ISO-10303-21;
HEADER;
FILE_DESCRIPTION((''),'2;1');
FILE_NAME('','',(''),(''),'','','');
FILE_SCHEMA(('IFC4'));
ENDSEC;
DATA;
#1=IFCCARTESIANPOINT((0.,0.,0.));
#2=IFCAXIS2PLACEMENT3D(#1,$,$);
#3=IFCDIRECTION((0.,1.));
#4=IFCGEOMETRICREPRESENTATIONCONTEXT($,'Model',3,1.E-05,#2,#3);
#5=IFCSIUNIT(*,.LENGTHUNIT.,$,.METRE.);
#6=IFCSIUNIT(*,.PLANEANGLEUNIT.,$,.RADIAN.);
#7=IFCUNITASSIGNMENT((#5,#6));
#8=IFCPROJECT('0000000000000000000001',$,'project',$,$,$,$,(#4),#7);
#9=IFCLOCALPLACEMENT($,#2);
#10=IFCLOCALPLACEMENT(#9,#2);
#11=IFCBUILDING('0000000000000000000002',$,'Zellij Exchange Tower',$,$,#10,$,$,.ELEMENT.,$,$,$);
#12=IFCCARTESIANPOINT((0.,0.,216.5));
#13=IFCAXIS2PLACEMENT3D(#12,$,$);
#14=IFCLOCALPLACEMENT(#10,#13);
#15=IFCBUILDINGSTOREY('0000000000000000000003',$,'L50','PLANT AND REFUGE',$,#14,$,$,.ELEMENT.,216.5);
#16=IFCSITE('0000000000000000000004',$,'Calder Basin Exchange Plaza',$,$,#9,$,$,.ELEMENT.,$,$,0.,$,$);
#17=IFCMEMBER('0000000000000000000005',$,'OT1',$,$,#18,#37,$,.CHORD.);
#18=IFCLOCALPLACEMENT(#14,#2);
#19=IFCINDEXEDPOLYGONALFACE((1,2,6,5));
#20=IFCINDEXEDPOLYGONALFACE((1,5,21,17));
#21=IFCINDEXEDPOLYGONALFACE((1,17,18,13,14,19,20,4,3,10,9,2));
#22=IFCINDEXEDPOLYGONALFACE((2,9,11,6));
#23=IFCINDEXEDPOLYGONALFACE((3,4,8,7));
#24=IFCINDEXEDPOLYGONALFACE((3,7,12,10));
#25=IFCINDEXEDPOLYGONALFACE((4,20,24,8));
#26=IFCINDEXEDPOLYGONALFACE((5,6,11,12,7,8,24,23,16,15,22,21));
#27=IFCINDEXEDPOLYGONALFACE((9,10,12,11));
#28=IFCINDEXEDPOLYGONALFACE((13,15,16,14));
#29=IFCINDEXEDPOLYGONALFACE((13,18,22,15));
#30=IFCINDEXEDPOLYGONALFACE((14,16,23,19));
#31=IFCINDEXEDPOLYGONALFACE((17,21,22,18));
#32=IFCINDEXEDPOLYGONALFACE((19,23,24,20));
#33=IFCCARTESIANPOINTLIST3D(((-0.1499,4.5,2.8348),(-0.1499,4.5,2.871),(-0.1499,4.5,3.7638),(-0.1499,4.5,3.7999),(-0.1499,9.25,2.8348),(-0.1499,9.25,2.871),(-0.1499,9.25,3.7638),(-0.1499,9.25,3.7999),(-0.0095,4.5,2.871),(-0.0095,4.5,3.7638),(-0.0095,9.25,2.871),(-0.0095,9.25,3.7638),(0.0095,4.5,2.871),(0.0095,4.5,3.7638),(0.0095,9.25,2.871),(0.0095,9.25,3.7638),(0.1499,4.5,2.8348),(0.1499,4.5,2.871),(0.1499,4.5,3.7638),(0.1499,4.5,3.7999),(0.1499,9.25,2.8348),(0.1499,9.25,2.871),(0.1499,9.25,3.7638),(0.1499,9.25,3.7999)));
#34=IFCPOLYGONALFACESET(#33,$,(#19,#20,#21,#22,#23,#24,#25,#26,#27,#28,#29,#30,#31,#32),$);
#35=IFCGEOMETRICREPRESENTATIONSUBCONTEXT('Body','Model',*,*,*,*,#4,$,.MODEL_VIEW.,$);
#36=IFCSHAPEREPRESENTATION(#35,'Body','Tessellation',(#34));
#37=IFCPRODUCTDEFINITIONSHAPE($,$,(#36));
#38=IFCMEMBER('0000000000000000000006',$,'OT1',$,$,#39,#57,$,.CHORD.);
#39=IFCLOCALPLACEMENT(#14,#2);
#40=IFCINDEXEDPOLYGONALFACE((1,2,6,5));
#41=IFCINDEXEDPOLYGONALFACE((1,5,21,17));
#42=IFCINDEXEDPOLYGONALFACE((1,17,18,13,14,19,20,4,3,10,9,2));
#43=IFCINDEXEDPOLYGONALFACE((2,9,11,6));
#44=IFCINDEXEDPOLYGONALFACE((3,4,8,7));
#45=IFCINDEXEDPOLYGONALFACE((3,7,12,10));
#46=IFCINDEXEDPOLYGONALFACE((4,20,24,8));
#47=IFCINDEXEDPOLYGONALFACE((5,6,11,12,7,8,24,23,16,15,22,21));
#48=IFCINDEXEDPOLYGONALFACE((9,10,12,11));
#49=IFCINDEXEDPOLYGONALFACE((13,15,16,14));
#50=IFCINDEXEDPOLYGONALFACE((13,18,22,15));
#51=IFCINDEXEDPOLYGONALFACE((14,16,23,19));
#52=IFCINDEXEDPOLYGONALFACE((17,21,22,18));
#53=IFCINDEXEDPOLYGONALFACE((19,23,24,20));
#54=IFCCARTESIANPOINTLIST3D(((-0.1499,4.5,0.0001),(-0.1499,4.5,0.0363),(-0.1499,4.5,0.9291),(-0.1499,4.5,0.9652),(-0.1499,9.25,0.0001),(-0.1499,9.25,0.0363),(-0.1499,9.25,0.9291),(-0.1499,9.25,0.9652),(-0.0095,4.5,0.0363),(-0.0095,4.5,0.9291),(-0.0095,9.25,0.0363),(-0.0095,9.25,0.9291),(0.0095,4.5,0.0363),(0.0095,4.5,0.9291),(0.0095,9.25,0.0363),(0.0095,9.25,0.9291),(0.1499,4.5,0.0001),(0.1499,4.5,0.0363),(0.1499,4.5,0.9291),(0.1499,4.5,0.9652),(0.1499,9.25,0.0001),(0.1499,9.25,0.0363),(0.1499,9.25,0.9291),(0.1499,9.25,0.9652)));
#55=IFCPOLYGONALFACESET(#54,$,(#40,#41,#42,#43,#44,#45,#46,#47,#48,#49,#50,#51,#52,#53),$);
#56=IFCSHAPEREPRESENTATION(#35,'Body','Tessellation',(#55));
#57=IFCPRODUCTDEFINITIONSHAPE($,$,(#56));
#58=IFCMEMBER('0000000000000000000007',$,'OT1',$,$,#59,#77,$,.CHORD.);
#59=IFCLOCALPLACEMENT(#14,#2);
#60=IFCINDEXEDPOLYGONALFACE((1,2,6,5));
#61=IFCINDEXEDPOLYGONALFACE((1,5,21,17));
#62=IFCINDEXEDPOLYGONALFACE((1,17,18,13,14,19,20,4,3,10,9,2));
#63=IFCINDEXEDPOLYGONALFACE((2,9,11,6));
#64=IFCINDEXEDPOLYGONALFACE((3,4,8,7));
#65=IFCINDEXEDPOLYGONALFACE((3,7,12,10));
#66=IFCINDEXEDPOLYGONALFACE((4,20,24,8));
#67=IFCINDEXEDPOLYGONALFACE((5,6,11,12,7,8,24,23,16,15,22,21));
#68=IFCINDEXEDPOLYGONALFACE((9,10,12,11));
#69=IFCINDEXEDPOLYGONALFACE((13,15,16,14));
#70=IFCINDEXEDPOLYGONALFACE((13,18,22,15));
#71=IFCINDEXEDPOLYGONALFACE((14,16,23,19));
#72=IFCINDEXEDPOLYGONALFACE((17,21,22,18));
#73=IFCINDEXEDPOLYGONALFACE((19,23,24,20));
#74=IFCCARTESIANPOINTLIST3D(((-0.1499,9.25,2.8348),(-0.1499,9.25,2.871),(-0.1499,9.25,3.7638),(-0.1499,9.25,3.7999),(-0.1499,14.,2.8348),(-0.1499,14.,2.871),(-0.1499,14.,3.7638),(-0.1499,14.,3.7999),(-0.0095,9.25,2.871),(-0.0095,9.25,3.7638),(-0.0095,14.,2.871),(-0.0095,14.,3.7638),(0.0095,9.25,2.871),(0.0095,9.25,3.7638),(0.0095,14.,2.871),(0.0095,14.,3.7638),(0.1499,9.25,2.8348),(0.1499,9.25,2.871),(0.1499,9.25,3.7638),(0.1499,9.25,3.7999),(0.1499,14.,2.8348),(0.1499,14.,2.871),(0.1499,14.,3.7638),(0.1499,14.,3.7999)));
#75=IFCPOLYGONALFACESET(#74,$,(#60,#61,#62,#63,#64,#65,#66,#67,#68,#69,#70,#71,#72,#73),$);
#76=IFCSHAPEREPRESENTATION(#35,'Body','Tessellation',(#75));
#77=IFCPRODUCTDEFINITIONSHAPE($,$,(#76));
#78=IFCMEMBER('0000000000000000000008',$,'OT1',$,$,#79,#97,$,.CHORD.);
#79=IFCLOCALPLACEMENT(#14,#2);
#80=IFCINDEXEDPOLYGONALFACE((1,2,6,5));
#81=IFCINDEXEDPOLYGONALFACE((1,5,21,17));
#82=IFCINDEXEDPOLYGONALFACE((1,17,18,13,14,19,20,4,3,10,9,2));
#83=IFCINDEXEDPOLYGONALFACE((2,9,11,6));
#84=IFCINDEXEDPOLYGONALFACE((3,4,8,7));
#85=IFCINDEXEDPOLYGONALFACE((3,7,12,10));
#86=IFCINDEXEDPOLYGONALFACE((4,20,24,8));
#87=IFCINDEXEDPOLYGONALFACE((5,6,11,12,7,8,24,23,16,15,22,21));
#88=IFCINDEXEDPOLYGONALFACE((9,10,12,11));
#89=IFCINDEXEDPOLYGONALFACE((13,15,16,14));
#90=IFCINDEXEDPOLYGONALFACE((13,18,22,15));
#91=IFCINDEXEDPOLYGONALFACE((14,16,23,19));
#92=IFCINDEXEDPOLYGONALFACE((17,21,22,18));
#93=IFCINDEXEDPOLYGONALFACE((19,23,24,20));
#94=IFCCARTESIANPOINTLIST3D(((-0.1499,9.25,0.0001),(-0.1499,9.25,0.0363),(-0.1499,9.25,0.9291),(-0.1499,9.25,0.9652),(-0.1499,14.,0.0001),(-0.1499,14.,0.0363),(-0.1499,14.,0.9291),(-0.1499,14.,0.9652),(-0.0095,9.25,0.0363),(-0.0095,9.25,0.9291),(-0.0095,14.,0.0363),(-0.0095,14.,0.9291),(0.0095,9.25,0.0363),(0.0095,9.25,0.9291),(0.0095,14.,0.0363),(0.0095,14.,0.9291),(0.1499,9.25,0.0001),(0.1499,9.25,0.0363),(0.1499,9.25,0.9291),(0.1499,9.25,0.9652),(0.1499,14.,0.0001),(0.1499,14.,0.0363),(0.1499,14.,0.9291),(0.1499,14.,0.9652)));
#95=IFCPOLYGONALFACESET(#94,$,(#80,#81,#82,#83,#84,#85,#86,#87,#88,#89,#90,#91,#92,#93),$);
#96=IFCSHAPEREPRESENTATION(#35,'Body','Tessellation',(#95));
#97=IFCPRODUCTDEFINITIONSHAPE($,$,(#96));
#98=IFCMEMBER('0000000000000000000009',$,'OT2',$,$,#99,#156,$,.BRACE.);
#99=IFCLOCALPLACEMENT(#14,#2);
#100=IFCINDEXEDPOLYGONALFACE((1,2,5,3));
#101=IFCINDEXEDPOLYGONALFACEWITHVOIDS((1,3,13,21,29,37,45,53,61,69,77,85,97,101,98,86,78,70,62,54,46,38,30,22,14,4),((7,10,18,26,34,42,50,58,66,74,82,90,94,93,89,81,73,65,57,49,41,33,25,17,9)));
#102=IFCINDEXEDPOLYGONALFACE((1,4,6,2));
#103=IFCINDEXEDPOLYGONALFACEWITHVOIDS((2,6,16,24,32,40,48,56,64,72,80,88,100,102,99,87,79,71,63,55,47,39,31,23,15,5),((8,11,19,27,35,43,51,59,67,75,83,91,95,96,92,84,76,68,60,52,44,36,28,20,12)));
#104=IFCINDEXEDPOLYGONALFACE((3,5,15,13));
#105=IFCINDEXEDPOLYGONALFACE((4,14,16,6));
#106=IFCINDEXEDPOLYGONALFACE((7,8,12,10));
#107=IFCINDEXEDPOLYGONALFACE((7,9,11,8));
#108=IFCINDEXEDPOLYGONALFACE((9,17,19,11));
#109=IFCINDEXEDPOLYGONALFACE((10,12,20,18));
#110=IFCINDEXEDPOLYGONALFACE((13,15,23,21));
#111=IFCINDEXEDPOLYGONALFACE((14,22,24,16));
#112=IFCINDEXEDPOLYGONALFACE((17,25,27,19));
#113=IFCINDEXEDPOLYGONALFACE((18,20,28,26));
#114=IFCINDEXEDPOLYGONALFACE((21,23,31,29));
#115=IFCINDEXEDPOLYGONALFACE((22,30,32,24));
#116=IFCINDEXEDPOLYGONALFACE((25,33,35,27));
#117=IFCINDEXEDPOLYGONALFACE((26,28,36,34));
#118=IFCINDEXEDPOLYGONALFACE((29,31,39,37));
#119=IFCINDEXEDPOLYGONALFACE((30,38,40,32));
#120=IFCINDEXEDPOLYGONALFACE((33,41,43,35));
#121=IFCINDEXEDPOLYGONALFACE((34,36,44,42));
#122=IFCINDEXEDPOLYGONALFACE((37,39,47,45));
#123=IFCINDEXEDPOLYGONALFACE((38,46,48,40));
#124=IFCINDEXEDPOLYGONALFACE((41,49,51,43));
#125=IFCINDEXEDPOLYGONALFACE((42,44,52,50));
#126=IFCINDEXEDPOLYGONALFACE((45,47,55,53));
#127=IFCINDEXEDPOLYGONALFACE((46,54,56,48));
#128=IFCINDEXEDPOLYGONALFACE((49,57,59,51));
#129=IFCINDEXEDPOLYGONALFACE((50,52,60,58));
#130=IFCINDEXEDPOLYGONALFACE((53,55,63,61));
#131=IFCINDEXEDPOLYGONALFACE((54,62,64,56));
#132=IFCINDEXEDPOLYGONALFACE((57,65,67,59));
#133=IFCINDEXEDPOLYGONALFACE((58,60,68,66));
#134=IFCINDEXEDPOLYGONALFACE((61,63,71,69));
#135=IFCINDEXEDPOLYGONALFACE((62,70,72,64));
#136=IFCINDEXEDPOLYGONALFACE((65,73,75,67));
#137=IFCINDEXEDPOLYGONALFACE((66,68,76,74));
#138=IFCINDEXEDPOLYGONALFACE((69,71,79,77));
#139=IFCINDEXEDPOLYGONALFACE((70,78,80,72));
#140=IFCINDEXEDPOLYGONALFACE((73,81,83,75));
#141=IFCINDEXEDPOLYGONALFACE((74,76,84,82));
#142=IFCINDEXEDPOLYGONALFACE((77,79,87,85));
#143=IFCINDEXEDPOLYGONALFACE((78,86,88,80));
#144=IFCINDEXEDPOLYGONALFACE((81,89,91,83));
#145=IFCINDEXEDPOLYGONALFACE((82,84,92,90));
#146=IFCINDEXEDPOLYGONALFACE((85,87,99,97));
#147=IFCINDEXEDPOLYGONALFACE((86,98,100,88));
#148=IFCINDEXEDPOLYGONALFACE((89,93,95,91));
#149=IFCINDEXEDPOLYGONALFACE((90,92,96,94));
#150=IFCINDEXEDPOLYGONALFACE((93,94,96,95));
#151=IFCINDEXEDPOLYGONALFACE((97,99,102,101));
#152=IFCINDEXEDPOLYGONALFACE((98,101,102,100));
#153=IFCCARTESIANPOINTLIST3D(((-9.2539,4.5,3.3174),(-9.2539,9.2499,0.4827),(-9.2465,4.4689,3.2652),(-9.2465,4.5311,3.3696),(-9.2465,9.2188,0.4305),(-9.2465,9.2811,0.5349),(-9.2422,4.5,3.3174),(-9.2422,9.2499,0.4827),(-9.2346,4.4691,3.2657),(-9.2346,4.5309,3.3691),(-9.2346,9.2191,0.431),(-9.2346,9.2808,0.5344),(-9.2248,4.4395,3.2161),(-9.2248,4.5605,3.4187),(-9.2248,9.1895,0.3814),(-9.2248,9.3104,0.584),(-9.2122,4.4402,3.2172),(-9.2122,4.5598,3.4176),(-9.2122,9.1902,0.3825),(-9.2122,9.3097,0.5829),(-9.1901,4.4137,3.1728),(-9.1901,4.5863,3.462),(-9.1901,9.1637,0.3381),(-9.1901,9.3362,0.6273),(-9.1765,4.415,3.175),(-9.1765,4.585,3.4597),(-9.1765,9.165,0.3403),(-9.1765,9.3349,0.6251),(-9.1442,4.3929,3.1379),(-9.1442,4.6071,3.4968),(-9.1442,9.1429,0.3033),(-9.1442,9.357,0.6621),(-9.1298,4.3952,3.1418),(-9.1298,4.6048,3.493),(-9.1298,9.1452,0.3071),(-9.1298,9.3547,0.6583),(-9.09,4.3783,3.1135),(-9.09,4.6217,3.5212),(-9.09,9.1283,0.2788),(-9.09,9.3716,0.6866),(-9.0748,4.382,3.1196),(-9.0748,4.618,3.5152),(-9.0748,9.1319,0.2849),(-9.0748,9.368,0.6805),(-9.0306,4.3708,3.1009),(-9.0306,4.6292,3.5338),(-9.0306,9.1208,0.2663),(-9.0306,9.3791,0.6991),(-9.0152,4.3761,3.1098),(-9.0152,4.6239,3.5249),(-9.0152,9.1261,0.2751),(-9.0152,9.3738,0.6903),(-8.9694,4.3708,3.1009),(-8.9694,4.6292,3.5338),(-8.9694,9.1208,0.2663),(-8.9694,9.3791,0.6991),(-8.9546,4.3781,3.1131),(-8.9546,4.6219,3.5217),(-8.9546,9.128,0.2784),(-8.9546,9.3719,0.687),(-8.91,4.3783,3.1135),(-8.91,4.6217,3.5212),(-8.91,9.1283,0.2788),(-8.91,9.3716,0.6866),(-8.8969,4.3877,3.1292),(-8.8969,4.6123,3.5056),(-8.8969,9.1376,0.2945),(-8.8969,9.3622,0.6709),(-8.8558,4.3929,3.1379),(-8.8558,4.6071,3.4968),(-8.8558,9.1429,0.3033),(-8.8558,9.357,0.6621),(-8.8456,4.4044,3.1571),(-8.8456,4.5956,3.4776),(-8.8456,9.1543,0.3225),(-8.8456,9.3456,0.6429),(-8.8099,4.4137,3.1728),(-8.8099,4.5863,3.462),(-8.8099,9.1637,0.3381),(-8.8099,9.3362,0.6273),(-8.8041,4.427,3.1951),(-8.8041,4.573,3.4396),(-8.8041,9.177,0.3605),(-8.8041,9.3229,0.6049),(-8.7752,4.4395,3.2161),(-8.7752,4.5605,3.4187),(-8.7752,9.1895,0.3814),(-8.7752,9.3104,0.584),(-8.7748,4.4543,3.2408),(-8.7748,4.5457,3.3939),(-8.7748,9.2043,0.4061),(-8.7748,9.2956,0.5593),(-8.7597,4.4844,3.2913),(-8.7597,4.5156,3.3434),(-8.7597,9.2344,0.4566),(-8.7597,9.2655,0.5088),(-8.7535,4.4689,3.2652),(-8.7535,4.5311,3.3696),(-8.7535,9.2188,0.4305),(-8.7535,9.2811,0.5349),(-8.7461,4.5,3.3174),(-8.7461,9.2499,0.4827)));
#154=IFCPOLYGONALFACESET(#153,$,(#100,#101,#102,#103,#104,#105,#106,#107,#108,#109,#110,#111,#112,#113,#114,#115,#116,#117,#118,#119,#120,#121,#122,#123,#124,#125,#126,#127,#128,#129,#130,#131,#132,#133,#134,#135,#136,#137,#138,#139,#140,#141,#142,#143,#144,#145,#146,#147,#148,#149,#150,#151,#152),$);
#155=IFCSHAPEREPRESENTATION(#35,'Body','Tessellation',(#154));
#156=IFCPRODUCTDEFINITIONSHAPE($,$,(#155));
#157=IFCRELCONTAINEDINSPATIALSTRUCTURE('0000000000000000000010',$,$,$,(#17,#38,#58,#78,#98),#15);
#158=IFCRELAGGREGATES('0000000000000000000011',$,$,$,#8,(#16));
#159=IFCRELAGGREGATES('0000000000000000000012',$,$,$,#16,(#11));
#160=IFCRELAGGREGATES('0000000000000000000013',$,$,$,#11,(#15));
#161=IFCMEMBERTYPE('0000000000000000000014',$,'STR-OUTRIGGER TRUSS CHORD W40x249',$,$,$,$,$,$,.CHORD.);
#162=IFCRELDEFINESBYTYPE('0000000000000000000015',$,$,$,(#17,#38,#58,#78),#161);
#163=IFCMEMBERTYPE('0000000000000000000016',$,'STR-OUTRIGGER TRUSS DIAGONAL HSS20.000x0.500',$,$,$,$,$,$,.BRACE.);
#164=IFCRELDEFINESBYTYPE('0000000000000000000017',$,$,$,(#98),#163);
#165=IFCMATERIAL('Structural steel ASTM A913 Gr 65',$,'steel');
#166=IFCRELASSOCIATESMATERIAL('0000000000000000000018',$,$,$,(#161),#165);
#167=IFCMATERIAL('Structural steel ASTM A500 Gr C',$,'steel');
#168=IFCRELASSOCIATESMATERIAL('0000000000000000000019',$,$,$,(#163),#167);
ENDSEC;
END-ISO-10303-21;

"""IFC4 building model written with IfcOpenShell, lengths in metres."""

from ifc_helpers import new_model, si_unit, direction, frame, origin, origin_2d, place, context, subcontext, project, spatial, hollow_circle, i_section, extrude, material, material_profile, profile_set, type_object, element, save


model = new_model("IFC4")

# Units and contexts
model_context = context("Model", 3, precision=1e-05, world=origin(), true_north=direction((0.0, 1.0)))
body_context = subcontext(model_context, "Body", "Model", "MODEL_VIEW")
ifc_project = project(units=[si_unit("LENGTHUNIT", "METRE"), si_unit("PLANEANGLEUNIT", "RADIAN")], contexts=[model_context])

# Site, building, storey
site_placement = place(None, origin())
site = spatial("IfcSite", under=ifc_project, at=site_placement, Name="Calder Basin Exchange Plaza", CompositionType="ELEMENT", RefElevation=0.0)
building_placement = place(site_placement, origin())
building = spatial("IfcBuilding", under=site, at=building_placement, Name="Zellij Exchange Tower", CompositionType="ELEMENT")
storey_placement = place(building_placement, frame((0.0, 0.0, 216.5)))
storey = spatial("IfcBuildingStorey", under=building, at=storey_placement, Name="L50", Description="PLANT AND REFUGE", CompositionType="ELEMENT", Elevation=216.5)

# Shared definitions
ifc_material_1 = material(Name="Structural steel ASTM A913 Gr 65", Category="steel")

# Members
ifc_material_profile_1 = material_profile(ifc_material_1, i_section(OverallWidth=0.2998, OverallDepth=0.9651, WebThickness=0.019, FlangeThickness=0.0361, at=origin_2d()), Name="W40x249")
ifc_profile_set_1 = profile_set([ifc_material_profile_1], Name="Structural steel ASTM A913 Gr 65")
member_type_1 = type_object("IfcMemberType", Name="STR-OUTRIGGER TRUSS CHORD W40x249", PredefinedType="CHORD", material=ifc_profile_set_1)
for number, where, z_axis, x_axis, name in (
    (1, (0.0, 4.5, 3.3174), (0.0, 1.0, 0.0), (-1.0, 0.0, 0.0), "OT1"),
    (2, (0.0, 4.5, 0.4827), (0.0, 1.0, 0.0), (-1.0, 0.0, 0.0), "OT1"),
    (3, (0.0, 9.25, 3.3174), (0.0, 1.0, 0.0), (-1.0, 0.0, 0.0), "OT1"),
    (4, (0.0, 9.25, 0.4827), (0.0, 1.0, 0.0), (-1.0, 0.0, 0.0), "OT1"),
):
    element("IfcMember", number, at=place(storey_placement, frame(where, z_axis=z_axis, x_axis=x_axis)), inside=storey, type_object=member_type_1, Name=name, PredefinedType="CHORD", context=body_context, shape_type="SweptSolid", body=[
        extrude(i_section(OverallWidth=0.2998, OverallDepth=0.9651, WebThickness=0.019, FlangeThickness=0.0361, at=origin_2d()), origin(), (0.0, 0.0, 1.0), 4.75),
    ])
ifc_material_2 = material(Name="Structural steel ASTM A500 Gr C", Category="steel")
ifc_material_profile_2 = material_profile(ifc_material_2, hollow_circle(Radius=0.2539, WallThickness=0.0117, at=origin_2d()), Name="STR-OUTRIGGER TRUSS DIAGONAL HSS20.000x0.500")
ifc_profile_set_2 = profile_set([ifc_material_profile_2], Name="Structural steel ASTM A500 Gr C")
member_type_2 = type_object("IfcMemberType", Name="STR-OUTRIGGER TRUSS DIAGONAL HSS20.000x0.500", PredefinedType="BRACE", material=ifc_profile_set_2)
for number, where, z_axis, x_axis, name in (
    (5, (-9.0, 4.5, 3.3174), (0.0, 0.858709, -0.512463), (-1.0, 0.0, 0.0), "OT2"),
):
    element("IfcMember", number, at=place(storey_placement, frame(where, z_axis=z_axis, x_axis=x_axis)), inside=storey, type_object=member_type_2, Name=name, PredefinedType="BRACE", context=body_context, shape_type="SweptSolid", body=[
        extrude(hollow_circle(Radius=0.2539, WallThickness=0.0117, at=origin_2d()), origin(), (0.0, 0.0, 1.0), 5.5315),
    ])

save(model, "model.ifc")
